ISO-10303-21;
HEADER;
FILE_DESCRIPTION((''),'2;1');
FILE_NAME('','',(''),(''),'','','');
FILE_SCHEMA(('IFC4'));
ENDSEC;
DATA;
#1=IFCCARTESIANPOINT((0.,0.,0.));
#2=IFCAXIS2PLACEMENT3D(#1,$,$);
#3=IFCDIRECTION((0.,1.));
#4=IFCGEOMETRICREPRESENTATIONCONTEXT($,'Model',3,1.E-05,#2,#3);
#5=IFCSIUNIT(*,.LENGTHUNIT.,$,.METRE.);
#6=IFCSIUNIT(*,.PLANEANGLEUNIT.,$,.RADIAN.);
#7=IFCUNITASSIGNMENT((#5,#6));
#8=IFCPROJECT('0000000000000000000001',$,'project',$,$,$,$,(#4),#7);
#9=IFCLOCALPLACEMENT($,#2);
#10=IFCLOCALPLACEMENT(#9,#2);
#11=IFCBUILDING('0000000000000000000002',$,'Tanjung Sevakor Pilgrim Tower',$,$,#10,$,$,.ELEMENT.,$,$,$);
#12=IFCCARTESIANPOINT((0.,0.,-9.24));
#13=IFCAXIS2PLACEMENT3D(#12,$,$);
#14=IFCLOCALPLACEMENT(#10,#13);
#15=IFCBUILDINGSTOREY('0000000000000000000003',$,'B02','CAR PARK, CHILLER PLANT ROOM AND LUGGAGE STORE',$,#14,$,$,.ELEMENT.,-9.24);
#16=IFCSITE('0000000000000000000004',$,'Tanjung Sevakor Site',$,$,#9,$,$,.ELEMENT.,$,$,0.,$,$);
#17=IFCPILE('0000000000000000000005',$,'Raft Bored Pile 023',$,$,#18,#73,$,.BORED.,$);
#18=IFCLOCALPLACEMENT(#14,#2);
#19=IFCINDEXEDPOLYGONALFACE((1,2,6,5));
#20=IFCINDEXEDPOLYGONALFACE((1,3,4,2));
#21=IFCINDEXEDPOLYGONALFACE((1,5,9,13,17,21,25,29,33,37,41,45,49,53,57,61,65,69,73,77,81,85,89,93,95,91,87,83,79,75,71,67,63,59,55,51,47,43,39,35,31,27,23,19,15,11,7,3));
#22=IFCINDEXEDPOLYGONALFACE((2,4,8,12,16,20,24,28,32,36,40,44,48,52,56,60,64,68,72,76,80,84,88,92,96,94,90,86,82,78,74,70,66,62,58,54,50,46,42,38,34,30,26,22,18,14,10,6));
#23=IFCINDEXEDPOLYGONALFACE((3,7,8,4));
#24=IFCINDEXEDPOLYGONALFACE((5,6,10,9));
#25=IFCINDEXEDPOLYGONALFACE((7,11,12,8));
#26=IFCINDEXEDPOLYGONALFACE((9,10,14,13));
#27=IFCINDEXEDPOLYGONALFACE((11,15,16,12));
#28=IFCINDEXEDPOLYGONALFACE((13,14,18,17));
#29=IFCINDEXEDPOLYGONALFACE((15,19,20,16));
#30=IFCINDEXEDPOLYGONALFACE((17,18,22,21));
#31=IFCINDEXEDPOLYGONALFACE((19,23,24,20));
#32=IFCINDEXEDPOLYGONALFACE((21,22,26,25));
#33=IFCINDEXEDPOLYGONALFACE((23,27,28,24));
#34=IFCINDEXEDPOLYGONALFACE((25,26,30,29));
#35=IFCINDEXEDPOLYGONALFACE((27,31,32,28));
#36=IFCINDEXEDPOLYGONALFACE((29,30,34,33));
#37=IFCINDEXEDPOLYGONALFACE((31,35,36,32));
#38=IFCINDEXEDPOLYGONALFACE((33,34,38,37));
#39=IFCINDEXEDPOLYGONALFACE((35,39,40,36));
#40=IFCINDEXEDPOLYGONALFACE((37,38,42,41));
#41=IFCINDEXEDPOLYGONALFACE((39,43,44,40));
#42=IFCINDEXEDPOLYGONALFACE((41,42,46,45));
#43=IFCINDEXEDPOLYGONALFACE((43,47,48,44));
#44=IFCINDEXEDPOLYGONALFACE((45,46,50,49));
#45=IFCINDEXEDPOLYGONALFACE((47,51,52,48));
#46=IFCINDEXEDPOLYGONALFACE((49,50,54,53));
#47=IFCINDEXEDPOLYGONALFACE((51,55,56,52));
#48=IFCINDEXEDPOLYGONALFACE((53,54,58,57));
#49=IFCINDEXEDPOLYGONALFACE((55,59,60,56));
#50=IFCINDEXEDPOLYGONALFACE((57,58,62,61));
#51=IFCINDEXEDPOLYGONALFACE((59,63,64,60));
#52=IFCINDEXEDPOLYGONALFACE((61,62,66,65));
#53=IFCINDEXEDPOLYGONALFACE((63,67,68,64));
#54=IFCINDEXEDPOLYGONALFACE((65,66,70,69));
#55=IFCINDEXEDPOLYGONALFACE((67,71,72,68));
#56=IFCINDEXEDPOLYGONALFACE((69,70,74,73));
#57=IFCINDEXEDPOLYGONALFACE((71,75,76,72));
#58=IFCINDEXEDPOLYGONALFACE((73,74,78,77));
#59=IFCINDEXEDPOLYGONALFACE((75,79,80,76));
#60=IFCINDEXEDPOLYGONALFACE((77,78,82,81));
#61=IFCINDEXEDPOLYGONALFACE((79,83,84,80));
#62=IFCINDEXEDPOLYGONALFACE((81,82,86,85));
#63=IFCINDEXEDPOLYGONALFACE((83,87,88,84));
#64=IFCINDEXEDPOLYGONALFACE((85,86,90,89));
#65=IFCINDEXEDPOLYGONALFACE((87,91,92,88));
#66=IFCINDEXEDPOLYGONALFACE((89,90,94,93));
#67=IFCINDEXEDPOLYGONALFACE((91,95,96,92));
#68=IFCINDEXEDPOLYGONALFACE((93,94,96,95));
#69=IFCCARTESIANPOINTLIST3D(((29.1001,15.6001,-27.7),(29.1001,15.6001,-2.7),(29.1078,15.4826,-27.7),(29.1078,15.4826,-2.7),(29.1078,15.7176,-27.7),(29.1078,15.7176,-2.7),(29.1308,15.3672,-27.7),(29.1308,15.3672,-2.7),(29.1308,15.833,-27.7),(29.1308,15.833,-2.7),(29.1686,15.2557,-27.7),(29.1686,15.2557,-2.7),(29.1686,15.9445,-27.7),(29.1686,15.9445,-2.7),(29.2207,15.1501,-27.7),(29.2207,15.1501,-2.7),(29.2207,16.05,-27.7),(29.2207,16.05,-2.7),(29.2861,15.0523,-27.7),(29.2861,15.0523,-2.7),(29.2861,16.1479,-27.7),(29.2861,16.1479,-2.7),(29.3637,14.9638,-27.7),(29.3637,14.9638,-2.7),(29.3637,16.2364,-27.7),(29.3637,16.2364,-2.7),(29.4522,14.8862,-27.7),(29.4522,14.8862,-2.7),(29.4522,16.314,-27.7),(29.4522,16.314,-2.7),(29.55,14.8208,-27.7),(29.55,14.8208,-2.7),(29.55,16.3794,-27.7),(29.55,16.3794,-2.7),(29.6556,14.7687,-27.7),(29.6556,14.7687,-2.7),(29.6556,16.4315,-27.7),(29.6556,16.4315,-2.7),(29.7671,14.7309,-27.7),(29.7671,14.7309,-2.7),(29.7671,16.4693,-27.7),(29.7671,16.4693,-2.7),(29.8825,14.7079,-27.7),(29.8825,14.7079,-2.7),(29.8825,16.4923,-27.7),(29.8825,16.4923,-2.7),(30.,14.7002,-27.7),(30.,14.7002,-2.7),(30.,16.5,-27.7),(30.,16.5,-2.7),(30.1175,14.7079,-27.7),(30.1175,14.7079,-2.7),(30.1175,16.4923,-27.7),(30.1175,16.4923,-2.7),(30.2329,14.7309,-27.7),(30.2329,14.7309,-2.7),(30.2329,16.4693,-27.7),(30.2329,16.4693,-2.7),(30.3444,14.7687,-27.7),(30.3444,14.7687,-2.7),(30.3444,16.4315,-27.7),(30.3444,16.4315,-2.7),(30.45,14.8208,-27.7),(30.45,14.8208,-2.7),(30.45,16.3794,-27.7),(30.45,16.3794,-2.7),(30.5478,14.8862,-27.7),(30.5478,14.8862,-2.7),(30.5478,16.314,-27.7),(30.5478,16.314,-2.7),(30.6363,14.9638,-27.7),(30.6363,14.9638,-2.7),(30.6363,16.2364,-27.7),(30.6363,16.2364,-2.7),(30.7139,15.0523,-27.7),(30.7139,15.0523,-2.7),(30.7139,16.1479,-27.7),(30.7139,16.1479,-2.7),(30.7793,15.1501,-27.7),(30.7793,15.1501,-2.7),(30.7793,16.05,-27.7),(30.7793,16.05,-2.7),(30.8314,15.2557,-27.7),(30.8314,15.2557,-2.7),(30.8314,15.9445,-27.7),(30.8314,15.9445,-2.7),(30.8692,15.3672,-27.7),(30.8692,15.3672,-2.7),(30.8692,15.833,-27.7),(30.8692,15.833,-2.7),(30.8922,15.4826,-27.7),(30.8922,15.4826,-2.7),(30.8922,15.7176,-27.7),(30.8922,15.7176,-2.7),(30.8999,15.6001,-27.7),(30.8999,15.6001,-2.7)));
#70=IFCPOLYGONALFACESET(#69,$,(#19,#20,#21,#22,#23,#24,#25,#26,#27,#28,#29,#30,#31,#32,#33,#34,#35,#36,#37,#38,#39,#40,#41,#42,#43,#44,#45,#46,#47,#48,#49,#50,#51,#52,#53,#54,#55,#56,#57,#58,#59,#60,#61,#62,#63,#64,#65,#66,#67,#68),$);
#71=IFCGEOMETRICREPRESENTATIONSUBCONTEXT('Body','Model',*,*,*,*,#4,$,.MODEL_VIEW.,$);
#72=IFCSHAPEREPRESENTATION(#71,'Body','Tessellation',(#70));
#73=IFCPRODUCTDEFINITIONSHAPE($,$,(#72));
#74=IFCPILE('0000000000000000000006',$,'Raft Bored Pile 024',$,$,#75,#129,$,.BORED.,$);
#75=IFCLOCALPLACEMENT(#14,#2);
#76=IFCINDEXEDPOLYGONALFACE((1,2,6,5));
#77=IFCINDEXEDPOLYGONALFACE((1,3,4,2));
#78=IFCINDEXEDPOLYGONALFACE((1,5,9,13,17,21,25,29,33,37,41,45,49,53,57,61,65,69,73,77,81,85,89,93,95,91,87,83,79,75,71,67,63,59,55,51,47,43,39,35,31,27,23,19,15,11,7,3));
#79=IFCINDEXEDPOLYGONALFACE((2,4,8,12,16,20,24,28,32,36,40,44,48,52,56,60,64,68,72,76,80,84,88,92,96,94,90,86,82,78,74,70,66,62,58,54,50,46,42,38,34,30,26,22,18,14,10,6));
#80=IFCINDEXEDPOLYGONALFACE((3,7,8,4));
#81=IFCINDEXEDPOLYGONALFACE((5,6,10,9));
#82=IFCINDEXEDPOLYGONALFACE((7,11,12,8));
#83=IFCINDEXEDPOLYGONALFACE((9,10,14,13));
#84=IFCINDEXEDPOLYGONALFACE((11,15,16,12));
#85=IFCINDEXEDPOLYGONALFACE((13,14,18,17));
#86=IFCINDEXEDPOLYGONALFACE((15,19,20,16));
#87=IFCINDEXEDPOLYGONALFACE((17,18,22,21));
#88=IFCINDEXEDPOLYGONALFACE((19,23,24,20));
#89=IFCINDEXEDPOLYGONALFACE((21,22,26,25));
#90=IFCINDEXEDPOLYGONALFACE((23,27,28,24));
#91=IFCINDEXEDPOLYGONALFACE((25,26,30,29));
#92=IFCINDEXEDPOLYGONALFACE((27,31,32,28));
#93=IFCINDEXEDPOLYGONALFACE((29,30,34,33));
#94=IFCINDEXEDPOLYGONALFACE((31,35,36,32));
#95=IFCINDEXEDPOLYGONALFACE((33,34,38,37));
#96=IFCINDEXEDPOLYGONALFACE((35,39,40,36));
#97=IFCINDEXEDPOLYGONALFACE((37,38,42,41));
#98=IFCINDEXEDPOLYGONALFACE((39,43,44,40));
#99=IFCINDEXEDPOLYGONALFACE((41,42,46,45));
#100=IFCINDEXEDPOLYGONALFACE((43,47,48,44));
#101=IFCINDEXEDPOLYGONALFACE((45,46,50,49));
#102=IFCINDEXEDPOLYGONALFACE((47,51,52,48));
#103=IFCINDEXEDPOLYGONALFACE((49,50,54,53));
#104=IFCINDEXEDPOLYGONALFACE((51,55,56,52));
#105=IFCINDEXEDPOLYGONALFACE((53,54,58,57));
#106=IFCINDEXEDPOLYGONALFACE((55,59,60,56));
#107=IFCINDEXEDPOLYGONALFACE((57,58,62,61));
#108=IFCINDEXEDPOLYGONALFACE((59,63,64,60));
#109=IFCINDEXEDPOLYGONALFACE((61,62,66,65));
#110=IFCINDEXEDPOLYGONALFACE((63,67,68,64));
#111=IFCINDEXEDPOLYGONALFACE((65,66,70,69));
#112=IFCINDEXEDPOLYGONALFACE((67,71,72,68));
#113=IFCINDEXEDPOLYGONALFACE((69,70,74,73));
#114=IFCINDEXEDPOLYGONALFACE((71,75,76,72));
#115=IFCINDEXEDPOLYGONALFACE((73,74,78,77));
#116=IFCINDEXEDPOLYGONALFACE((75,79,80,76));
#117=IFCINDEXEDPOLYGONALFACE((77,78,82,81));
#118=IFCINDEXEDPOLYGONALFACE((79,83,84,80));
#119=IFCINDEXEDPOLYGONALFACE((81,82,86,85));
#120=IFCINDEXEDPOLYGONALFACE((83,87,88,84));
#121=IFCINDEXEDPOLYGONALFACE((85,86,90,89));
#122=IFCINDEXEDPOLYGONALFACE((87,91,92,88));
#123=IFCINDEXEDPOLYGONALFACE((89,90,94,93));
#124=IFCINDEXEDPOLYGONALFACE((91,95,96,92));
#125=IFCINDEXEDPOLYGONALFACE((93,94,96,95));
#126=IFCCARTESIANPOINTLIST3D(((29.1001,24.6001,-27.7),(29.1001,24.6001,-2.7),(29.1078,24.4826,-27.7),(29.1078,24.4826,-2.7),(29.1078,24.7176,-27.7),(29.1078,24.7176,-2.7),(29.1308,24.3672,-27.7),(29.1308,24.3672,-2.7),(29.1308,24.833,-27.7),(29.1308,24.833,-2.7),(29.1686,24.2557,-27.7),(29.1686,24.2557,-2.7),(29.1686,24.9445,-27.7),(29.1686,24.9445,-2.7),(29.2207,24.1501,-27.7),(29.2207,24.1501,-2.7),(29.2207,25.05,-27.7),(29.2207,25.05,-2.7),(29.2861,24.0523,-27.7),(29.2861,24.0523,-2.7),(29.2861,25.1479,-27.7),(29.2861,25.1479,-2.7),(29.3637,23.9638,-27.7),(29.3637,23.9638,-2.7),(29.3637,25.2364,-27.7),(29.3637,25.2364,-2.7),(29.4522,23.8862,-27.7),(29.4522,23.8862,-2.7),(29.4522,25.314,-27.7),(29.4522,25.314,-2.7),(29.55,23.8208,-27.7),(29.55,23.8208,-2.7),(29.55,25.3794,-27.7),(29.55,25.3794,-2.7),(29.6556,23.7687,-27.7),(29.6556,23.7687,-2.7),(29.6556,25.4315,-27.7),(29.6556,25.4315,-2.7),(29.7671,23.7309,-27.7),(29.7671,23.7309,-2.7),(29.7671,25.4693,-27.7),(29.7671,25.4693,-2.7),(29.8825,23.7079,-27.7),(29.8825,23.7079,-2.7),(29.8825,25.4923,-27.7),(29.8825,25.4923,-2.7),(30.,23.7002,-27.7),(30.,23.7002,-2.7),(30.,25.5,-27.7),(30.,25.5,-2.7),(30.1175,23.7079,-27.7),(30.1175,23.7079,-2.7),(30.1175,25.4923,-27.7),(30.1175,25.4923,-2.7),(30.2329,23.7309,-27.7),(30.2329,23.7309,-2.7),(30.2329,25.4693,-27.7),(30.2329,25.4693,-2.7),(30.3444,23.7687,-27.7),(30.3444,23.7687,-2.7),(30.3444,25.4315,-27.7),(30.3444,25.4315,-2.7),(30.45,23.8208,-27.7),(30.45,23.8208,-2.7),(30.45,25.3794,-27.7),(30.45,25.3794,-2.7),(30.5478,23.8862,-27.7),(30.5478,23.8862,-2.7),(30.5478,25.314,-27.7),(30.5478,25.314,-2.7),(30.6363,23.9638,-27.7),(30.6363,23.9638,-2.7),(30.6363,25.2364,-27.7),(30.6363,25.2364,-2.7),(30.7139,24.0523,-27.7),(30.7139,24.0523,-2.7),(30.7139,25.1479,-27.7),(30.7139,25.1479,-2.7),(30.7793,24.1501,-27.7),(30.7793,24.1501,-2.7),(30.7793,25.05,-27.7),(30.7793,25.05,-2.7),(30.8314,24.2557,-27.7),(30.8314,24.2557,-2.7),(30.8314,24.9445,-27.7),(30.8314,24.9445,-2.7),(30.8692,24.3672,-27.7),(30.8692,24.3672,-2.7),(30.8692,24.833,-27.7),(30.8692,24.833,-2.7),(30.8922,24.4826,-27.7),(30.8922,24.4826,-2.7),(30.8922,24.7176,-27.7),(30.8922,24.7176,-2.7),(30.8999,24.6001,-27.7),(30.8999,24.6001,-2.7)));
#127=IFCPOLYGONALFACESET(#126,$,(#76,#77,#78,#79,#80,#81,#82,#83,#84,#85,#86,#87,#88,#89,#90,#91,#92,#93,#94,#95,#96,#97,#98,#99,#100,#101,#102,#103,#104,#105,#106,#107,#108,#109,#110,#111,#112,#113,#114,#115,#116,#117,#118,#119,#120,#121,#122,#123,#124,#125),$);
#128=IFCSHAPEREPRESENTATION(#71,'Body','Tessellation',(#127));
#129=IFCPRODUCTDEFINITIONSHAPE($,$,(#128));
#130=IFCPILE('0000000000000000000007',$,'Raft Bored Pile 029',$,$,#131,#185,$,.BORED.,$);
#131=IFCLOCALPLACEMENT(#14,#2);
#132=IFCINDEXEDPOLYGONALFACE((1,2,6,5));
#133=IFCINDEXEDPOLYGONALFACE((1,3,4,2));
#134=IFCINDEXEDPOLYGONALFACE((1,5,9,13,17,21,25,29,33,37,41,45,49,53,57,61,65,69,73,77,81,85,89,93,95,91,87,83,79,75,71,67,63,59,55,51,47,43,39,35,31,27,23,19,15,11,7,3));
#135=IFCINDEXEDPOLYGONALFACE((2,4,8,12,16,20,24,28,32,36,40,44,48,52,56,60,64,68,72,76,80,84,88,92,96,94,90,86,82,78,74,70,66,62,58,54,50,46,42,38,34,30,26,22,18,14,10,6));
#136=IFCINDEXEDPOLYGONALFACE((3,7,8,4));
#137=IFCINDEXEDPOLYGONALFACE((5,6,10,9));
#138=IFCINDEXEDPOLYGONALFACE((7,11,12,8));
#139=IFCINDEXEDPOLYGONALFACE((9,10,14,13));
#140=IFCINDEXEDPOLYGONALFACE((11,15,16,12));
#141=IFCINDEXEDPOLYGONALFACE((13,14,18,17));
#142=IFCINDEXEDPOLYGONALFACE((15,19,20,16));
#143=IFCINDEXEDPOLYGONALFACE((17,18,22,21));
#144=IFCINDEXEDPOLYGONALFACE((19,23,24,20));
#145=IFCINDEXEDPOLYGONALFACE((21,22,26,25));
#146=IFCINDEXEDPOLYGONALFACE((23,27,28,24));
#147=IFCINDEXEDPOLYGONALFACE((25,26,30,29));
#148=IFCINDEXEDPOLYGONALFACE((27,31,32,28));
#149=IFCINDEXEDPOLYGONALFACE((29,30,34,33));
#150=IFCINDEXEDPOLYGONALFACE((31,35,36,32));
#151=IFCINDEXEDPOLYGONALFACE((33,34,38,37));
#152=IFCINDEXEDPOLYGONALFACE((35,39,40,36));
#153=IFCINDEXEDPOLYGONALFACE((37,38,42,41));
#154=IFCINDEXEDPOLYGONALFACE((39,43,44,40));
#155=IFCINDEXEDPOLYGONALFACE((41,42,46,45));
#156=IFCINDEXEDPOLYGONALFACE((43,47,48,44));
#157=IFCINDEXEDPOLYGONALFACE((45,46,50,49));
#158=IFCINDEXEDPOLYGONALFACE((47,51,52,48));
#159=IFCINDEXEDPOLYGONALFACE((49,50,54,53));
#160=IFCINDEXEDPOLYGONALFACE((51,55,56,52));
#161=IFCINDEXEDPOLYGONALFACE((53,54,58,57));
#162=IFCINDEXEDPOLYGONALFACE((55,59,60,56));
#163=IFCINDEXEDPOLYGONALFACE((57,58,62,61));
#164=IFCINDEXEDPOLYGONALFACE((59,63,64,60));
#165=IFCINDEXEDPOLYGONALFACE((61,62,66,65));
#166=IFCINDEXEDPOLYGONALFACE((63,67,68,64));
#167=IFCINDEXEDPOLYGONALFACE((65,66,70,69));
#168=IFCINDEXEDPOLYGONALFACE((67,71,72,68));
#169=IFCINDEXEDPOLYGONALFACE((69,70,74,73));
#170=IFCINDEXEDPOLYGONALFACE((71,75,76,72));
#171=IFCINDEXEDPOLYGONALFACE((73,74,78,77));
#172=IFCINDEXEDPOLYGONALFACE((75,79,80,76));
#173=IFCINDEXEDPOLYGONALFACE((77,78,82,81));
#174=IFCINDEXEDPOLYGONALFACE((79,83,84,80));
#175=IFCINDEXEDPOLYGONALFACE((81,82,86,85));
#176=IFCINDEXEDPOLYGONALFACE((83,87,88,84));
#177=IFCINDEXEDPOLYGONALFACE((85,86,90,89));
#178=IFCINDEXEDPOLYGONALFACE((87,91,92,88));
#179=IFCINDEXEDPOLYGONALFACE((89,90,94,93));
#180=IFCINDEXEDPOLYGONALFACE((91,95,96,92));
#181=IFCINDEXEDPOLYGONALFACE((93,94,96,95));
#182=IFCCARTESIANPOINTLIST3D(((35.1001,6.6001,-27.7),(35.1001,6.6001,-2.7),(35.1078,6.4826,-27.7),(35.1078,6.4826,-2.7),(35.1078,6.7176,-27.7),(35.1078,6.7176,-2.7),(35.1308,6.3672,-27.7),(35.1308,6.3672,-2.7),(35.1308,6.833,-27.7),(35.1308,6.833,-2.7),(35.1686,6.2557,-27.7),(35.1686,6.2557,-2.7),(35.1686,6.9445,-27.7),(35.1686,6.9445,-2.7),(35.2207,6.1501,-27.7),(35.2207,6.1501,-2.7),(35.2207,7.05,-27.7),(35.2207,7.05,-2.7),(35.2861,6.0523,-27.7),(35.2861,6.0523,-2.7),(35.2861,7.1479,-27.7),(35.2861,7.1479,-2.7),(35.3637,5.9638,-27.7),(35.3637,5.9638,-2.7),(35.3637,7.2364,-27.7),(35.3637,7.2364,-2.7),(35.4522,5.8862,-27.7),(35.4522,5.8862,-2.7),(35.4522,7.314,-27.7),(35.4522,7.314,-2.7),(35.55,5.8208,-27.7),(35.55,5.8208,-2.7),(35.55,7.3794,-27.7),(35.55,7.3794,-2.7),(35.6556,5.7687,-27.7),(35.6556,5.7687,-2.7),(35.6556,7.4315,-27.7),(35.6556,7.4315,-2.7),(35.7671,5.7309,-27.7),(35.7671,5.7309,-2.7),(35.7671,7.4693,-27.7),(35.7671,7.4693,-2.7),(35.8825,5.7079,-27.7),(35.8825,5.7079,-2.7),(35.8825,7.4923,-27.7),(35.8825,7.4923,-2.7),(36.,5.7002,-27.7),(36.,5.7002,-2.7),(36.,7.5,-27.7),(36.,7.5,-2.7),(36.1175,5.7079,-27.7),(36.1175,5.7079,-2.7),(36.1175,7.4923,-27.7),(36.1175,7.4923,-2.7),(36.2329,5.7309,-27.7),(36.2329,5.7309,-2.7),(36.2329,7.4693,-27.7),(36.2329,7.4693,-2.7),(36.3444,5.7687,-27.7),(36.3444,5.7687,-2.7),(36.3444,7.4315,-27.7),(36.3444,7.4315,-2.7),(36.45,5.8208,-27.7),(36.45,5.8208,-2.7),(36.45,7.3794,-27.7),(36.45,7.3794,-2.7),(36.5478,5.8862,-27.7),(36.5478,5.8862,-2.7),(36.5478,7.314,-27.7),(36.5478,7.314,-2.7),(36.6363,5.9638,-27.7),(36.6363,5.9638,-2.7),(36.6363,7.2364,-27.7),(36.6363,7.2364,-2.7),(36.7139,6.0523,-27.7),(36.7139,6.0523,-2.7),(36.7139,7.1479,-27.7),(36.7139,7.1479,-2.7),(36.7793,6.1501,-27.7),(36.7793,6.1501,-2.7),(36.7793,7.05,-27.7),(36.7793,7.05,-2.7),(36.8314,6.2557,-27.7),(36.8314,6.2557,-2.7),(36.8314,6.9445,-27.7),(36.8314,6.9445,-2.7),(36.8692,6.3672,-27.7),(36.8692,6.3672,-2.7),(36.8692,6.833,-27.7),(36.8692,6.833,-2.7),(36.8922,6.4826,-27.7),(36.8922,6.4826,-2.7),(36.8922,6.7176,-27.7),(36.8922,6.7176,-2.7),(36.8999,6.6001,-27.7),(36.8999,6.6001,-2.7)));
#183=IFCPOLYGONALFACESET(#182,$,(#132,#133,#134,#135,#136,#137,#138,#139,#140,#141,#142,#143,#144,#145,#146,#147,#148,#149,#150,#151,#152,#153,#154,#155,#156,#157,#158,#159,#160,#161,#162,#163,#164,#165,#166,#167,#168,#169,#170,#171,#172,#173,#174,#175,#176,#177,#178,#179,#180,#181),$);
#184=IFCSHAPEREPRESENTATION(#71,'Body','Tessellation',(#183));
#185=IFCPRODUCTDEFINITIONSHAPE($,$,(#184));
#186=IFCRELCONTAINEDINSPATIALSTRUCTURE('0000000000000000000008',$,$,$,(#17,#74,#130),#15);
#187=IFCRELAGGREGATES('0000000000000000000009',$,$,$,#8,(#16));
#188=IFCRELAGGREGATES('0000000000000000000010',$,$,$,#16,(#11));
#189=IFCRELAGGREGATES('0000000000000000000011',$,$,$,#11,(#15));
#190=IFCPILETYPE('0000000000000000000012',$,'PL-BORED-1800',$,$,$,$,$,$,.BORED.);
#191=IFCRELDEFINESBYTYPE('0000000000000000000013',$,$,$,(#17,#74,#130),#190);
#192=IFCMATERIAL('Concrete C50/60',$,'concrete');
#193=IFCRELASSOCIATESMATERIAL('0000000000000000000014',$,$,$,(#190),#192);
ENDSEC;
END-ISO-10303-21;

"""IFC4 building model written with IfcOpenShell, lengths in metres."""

from ifc_helpers import new_model, si_unit, direction, frame, origin, origin_2d, place, context, subcontext, project, spatial, circle, extrude, material, material_profile, profile_set, type_object, element, save


model = new_model("IFC4")

# Units and contexts
model_context = context("Model", 3, precision=1e-05, world=origin(), true_north=direction((0.0, 1.0)))
body_context = subcontext(model_context, "Body", "Model", "MODEL_VIEW")
ifc_project = project(units=[si_unit("LENGTHUNIT", "METRE"), si_unit("PLANEANGLEUNIT", "RADIAN")], contexts=[model_context])

# Site, building, storey
site_placement = place(None, origin())
site = spatial("IfcSite", under=ifc_project, at=site_placement, Name="Tanjung Sevakor Site", CompositionType="ELEMENT", RefElevation=0.0)
building_placement = place(site_placement, origin())
building = spatial("IfcBuilding", under=site, at=building_placement, Name="Tanjung Sevakor Pilgrim Tower", CompositionType="ELEMENT")
storey_placement = place(building_placement, frame((0.0, 0.0, -9.24)))
storey = spatial("IfcBuildingStorey", under=building, at=storey_placement, Name="B02", Description="CAR PARK, CHILLER PLANT ROOM AND LUGGAGE STORE", CompositionType="ELEMENT", Elevation=-9.24)

# Piles
ifc_material_1 = material(Name="Concrete C50/60", Category="concrete")
ifc_material_profile_1 = material_profile(ifc_material_1, circle(Radius=0.8999, at=origin_2d()))
ifc_profile_set_1 = profile_set([ifc_material_profile_1], Name="Concrete C50/60")
pile_type = type_object("IfcPileType", Name="PL-BORED-1800", PredefinedType="BORED", material=ifc_profile_set_1)
for number, where, z_axis, x_axis, name in (
    (1, (30.0, 15.6001, -2.7), (0.0, 0.0, -1.0), (1.0, 0.0, 0.0), "Raft Bored Pile 023"),
    (2, (30.0, 24.6001, -2.7), (0.0, 0.0, -1.0), (1.0, 0.0, 0.0), "Raft Bored Pile 024"),
    (3, (36.0, 6.6001, -2.7), (0.0, 0.0, -1.0), (1.0, 0.0, 0.0), "Raft Bored Pile 029"),
):
    element("IfcPile", number, at=place(storey_placement, frame(where, z_axis=z_axis, x_axis=x_axis)), inside=storey, type_object=pile_type, Name=name, PredefinedType="BORED", context=body_context, shape_type="SweptSolid", body=[
        extrude(circle(Radius=0.8999, at=origin_2d()), origin(), (0.0, 0.0, 1.0), 25.0),
    ])

save(model, "model.ifc")
